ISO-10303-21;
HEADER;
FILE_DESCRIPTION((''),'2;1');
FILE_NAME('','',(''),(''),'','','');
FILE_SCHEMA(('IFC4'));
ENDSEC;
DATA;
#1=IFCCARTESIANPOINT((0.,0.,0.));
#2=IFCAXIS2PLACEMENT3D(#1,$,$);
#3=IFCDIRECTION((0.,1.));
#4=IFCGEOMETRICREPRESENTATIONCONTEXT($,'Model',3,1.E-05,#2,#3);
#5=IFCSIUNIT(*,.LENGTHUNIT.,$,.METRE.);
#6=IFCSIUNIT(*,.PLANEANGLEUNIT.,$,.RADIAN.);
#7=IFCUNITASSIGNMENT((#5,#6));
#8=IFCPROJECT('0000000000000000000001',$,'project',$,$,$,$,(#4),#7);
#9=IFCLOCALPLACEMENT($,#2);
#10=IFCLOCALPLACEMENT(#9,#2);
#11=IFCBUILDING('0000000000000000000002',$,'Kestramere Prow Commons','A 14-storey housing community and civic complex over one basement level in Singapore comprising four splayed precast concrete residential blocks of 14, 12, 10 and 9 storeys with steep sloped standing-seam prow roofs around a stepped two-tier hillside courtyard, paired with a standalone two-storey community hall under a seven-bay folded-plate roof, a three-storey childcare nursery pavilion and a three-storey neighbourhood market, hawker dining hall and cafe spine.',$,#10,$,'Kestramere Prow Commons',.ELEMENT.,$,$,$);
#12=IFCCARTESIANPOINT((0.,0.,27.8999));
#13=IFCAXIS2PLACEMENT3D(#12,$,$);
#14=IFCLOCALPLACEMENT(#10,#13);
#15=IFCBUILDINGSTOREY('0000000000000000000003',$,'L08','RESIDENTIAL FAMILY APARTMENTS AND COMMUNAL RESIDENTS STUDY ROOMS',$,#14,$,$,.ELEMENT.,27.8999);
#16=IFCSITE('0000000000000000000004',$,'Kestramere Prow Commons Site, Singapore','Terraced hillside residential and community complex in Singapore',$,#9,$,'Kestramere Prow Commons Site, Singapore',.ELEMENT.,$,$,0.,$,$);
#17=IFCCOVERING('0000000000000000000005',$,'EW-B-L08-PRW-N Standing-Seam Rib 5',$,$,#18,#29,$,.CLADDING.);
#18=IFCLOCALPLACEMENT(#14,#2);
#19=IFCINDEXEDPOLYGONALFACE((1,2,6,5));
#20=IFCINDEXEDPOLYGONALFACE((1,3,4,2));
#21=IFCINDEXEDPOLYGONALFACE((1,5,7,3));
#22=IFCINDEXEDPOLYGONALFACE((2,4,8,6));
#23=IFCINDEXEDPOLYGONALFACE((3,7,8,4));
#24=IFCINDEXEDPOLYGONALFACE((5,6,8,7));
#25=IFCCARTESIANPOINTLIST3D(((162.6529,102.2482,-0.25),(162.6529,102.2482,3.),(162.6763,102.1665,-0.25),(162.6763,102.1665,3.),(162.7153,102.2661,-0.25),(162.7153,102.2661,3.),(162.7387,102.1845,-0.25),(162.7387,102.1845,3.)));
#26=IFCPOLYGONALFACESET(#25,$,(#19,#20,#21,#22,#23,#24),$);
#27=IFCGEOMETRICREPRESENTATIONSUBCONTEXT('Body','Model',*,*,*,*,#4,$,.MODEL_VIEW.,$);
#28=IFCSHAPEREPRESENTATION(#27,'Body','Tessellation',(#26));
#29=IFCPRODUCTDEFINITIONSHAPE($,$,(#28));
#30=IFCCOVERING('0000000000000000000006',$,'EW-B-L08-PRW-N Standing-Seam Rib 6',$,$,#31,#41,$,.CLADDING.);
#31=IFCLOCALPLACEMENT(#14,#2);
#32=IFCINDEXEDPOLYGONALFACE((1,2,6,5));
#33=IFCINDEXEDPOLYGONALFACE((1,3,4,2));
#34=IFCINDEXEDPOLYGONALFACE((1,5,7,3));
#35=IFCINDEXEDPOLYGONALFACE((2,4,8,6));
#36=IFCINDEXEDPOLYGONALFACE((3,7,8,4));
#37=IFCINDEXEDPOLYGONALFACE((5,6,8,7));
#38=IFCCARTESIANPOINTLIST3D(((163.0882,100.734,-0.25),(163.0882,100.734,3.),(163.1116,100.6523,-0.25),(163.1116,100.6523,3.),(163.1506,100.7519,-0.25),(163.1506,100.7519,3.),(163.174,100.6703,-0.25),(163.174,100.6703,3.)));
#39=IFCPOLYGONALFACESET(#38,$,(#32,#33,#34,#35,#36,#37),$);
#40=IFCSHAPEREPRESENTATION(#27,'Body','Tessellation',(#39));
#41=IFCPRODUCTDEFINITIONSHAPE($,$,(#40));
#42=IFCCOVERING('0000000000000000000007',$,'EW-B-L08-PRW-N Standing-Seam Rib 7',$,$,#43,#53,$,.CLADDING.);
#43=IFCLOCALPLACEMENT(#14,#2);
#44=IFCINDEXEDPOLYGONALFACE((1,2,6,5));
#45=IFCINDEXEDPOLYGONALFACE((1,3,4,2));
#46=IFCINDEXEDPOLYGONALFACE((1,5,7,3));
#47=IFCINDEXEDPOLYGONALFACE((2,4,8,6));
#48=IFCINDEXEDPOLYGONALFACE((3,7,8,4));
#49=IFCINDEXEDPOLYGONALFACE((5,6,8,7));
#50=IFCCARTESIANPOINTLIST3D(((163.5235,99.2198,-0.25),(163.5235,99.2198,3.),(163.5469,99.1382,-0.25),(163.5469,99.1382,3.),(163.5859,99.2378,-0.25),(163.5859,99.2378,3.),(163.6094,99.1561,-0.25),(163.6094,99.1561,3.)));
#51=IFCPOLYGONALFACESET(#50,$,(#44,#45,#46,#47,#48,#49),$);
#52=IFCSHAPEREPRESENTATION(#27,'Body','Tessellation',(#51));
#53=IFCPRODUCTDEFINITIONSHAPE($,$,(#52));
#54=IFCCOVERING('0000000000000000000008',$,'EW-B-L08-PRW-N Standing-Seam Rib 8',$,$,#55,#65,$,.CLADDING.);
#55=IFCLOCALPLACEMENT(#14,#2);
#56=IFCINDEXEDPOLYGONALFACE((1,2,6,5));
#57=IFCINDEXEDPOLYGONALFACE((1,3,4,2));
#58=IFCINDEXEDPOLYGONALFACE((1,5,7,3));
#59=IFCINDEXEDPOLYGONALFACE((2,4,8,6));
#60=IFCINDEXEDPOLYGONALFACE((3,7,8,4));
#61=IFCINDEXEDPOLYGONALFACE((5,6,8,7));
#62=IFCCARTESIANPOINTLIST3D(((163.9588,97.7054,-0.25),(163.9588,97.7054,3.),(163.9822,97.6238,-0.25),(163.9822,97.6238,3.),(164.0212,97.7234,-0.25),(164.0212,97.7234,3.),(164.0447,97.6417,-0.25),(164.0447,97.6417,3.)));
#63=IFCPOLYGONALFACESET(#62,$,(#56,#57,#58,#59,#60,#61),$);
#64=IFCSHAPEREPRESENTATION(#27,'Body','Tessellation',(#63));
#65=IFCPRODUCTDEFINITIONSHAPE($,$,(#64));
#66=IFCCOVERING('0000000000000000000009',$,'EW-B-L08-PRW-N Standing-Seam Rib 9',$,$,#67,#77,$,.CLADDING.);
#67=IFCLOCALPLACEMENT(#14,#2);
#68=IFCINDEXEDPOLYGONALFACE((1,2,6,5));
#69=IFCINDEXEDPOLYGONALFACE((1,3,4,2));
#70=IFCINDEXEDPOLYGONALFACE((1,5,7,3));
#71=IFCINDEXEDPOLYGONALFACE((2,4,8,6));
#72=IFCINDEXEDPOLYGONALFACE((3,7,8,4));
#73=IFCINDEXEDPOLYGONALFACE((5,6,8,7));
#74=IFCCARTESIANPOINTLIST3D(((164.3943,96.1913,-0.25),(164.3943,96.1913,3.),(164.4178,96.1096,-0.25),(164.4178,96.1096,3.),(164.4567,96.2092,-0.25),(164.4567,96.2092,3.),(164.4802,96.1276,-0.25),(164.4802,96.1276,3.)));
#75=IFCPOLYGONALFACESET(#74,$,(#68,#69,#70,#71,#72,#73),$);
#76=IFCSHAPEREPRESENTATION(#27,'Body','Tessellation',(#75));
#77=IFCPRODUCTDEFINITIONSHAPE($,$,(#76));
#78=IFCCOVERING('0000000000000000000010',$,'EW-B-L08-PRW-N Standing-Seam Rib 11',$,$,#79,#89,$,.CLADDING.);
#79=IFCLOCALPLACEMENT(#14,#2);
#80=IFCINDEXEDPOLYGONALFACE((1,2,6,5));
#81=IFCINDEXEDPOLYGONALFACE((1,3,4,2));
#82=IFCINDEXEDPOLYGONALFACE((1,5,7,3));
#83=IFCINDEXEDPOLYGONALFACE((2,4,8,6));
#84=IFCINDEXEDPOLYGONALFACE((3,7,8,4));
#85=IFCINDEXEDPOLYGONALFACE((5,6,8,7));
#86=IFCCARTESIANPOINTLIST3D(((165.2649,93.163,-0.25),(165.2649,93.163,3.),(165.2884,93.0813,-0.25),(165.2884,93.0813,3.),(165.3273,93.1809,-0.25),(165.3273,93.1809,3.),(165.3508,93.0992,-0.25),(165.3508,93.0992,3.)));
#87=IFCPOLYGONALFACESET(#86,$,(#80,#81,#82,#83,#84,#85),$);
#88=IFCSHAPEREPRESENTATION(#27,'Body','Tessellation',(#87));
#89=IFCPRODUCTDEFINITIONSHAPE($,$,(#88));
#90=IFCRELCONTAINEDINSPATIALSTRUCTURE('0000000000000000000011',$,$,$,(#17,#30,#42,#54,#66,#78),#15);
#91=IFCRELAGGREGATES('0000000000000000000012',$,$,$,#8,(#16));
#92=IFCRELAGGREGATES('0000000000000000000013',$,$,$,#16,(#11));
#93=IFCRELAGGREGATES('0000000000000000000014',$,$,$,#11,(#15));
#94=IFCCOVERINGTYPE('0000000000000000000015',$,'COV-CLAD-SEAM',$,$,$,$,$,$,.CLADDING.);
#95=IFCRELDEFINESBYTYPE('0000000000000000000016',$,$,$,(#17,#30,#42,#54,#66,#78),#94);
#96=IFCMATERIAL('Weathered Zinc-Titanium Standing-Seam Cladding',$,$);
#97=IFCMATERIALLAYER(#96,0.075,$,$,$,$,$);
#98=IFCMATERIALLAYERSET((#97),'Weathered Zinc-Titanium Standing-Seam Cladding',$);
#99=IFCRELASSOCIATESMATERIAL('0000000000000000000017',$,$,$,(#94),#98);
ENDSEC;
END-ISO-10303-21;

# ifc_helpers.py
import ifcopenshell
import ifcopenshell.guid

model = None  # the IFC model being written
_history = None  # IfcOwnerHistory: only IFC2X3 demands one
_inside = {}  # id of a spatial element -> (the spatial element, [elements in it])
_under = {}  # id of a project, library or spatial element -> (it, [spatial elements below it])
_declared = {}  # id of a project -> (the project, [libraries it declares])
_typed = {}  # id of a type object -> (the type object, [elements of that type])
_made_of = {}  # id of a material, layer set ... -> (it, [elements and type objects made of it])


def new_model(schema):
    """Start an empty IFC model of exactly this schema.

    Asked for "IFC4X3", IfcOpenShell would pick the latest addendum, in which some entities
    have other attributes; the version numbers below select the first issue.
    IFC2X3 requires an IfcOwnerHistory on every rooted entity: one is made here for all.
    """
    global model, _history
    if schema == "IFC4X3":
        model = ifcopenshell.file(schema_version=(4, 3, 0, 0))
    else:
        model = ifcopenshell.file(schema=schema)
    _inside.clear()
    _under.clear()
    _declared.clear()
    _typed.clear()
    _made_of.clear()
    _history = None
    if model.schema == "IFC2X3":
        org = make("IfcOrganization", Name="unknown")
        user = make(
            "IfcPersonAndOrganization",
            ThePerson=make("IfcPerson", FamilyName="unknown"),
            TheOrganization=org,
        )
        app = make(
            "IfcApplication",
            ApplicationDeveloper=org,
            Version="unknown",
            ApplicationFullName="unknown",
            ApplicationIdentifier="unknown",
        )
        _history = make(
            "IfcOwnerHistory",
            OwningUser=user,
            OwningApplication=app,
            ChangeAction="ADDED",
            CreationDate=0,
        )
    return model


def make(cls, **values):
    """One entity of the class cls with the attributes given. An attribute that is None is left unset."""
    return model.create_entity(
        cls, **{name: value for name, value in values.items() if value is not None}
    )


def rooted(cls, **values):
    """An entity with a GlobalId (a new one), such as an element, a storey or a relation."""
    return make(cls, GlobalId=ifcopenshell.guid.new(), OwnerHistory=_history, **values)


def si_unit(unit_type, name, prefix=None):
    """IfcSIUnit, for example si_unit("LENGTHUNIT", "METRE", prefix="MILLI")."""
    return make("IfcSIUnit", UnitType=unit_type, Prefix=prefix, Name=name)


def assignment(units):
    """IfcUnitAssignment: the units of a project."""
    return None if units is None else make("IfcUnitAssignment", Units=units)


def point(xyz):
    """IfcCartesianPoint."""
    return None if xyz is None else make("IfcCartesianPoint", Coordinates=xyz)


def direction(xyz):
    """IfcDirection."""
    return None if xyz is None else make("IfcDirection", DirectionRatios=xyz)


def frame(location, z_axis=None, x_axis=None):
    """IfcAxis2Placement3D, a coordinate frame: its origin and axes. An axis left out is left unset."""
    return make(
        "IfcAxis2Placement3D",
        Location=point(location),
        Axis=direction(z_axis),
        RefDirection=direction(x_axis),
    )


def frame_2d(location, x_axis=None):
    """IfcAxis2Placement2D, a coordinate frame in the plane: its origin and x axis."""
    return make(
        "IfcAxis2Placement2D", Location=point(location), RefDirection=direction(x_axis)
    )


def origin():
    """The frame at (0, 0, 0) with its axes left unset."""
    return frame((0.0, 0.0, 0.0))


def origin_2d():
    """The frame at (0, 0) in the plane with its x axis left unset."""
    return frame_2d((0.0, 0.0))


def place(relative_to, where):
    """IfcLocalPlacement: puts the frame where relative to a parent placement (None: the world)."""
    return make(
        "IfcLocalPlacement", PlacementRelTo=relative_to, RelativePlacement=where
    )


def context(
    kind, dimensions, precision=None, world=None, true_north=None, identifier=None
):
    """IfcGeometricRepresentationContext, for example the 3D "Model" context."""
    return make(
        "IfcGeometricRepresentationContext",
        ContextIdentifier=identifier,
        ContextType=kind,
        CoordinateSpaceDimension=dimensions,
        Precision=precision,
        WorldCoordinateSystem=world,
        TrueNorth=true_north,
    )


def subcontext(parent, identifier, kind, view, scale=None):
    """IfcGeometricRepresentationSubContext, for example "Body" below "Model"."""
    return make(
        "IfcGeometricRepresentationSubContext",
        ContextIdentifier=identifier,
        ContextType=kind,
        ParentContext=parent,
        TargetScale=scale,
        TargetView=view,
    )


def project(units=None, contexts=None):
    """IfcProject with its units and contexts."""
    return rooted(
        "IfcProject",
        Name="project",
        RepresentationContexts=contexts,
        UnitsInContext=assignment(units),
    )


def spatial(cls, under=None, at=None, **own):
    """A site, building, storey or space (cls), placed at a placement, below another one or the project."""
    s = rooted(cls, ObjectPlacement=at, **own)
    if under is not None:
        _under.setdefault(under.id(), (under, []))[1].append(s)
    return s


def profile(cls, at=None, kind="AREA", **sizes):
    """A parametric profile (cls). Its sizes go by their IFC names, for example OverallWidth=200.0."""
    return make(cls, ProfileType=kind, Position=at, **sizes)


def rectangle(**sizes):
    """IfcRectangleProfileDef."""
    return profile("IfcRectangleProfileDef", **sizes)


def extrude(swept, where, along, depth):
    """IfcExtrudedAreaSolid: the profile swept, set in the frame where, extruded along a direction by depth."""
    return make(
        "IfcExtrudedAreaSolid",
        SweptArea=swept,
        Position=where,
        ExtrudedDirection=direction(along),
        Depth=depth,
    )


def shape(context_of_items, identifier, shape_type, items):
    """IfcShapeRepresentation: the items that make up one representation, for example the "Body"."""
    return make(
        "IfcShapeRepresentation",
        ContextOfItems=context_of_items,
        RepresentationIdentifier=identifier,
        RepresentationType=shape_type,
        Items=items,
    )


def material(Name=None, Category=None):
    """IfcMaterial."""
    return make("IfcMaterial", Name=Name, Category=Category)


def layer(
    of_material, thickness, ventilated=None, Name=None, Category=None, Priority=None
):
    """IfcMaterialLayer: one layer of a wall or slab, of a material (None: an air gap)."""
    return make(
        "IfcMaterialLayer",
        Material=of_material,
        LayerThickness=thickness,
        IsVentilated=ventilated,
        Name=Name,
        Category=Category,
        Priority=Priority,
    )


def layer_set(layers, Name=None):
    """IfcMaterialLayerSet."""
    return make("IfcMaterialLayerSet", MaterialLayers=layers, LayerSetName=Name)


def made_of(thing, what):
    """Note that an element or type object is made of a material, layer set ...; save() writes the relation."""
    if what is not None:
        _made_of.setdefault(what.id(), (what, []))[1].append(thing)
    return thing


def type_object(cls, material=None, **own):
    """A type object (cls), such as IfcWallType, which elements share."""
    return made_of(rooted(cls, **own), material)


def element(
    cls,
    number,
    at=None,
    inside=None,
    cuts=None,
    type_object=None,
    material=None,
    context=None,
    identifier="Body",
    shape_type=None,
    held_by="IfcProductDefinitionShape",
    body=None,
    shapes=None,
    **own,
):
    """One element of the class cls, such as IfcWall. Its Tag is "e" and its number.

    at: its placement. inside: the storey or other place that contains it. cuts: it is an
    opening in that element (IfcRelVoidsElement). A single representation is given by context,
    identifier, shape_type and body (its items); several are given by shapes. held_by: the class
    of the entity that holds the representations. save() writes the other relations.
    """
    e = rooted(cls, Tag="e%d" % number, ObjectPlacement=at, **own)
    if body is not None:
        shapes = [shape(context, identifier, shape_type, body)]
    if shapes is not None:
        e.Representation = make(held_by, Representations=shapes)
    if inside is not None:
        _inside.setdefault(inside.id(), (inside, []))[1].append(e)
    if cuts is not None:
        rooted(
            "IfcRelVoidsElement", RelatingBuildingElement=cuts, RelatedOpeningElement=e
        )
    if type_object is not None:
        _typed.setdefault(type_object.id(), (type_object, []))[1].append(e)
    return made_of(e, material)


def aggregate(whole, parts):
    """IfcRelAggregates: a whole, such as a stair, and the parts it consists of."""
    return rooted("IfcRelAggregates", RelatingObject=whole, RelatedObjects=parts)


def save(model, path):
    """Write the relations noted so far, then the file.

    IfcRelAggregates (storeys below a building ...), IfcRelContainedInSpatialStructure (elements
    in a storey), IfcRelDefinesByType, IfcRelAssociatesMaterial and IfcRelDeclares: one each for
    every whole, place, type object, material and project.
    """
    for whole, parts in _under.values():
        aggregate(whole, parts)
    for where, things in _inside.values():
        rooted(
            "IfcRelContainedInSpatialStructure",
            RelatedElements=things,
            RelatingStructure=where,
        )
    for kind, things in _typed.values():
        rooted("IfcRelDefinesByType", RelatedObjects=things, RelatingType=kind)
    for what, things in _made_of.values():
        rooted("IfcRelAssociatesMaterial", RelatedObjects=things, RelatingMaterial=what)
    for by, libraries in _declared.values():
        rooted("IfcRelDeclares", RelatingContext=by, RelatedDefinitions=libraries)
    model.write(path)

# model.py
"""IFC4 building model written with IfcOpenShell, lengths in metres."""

from ifc_helpers import new_model, si_unit, direction, frame, origin, origin_2d, place, context, subcontext, project, spatial, rectangle, extrude, material, layer, layer_set, type_object, element, save


model = new_model("IFC4")

# Units and contexts
model_context = context("Model", 3, precision=1e-05, world=origin(), true_north=direction((0.0, 1.0)))
body_context = subcontext(model_context, "Body", "Model", "MODEL_VIEW")
ifc_project = project(units=[si_unit("LENGTHUNIT", "METRE"), si_unit("PLANEANGLEUNIT", "RADIAN")], contexts=[model_context])

# Site, building, storey
site_placement = place(None, origin())
site = spatial("IfcSite", under=ifc_project, at=site_placement, Name="Kestramere Prow Commons Site, Singapore", Description="Terraced hillside residential and community complex in Singapore", LongName="Kestramere Prow Commons Site, Singapore", CompositionType="ELEMENT", RefElevation=0.0)
building_placement = place(site_placement, origin())
building = spatial("IfcBuilding", under=site, at=building_placement, Name="Kestramere Prow Commons", Description="A 14-storey housing community and civic complex over one basement level in Singapore comprising four splayed precast concrete residential blocks of 14, 12, 10 and 9 storeys with steep sloped standing-seam prow roofs around a stepped two-tier hillside courtyard, paired with a standalone two-storey community hall under a seven-bay folded-plate roof, a three-storey childcare nursery pavilion and a three-storey neighbourhood market, hawker dining hall and cafe spine.", LongName="Kestramere Prow Commons", CompositionType="ELEMENT")
storey_placement = place(building_placement, frame((0.0, 0.0, 27.8999)))
storey = spatial("IfcBuildingStorey", under=building, at=storey_placement, Name="L08", Description="RESIDENTIAL FAMILY APARTMENTS AND COMMUNAL RESIDENTS STUDY ROOMS", CompositionType="ELEMENT", Elevation=27.8999)

# Shared definitions
ifc_material_1 = material(Name="Weathered Zinc-Titanium Standing-Seam Cladding")

# Coverings
ifc_layer_1 = layer(ifc_material_1, 0.075)
ifc_layer_set_1 = layer_set([ifc_layer_1], Name="Weathered Zinc-Titanium Standing-Seam Cladding")
covering_type = type_object("IfcCoveringType", Name="COV-CLAD-SEAM", PredefinedType="CLADDING", material=ifc_layer_set_1)
for number, where, z_axis, x_axis, name in (
    (1, (162.6958, 102.2163, -0.25), (0.0, 0.0, 1.0), (0.276318, -0.961066, 0.0), "EW-B-L08-PRW-N Standing-Seam Rib 5"),
    (2, (163.1311, 100.7021, -0.25), (0.0, 0.0, 1.0), (0.276318, -0.961066, 0.0), "EW-B-L08-PRW-N Standing-Seam Rib 6"),
    (3, (163.5664, 99.188, -0.25), (0.0, 0.0, 1.0), (0.276318, -0.961066, 0.0), "EW-B-L08-PRW-N Standing-Seam Rib 7"),
    (4, (164.0017, 97.6736, -0.25), (0.0, 0.0, 1.0), (0.276318, -0.961066, 0.0), "EW-B-L08-PRW-N Standing-Seam Rib 8"),
    (5, (164.4373, 96.1594, -0.25), (0.0, 0.0, 1.0), (0.276318, -0.961066, 0.0), "EW-B-L08-PRW-N Standing-Seam Rib 9"),
    (6, (165.3079, 93.1311, -0.25), (0.0, 0.0, 1.0), (0.276318, -0.961066, 0.0), "EW-B-L08-PRW-N Standing-Seam Rib 11"),
):
    element("IfcCovering", number, at=place(storey_placement, frame(where, z_axis=z_axis, x_axis=x_axis)), inside=storey, type_object=covering_type, Name=name, PredefinedType="CLADDING", context=body_context, shape_type="SweptSolid", body=[
        extrude(rectangle(XDim=0.085, YDim=0.0649, at=origin_2d()), origin(), (0.0, 0.0, 1.0), 3.25),
    ])

save(model, "model.ifc")
